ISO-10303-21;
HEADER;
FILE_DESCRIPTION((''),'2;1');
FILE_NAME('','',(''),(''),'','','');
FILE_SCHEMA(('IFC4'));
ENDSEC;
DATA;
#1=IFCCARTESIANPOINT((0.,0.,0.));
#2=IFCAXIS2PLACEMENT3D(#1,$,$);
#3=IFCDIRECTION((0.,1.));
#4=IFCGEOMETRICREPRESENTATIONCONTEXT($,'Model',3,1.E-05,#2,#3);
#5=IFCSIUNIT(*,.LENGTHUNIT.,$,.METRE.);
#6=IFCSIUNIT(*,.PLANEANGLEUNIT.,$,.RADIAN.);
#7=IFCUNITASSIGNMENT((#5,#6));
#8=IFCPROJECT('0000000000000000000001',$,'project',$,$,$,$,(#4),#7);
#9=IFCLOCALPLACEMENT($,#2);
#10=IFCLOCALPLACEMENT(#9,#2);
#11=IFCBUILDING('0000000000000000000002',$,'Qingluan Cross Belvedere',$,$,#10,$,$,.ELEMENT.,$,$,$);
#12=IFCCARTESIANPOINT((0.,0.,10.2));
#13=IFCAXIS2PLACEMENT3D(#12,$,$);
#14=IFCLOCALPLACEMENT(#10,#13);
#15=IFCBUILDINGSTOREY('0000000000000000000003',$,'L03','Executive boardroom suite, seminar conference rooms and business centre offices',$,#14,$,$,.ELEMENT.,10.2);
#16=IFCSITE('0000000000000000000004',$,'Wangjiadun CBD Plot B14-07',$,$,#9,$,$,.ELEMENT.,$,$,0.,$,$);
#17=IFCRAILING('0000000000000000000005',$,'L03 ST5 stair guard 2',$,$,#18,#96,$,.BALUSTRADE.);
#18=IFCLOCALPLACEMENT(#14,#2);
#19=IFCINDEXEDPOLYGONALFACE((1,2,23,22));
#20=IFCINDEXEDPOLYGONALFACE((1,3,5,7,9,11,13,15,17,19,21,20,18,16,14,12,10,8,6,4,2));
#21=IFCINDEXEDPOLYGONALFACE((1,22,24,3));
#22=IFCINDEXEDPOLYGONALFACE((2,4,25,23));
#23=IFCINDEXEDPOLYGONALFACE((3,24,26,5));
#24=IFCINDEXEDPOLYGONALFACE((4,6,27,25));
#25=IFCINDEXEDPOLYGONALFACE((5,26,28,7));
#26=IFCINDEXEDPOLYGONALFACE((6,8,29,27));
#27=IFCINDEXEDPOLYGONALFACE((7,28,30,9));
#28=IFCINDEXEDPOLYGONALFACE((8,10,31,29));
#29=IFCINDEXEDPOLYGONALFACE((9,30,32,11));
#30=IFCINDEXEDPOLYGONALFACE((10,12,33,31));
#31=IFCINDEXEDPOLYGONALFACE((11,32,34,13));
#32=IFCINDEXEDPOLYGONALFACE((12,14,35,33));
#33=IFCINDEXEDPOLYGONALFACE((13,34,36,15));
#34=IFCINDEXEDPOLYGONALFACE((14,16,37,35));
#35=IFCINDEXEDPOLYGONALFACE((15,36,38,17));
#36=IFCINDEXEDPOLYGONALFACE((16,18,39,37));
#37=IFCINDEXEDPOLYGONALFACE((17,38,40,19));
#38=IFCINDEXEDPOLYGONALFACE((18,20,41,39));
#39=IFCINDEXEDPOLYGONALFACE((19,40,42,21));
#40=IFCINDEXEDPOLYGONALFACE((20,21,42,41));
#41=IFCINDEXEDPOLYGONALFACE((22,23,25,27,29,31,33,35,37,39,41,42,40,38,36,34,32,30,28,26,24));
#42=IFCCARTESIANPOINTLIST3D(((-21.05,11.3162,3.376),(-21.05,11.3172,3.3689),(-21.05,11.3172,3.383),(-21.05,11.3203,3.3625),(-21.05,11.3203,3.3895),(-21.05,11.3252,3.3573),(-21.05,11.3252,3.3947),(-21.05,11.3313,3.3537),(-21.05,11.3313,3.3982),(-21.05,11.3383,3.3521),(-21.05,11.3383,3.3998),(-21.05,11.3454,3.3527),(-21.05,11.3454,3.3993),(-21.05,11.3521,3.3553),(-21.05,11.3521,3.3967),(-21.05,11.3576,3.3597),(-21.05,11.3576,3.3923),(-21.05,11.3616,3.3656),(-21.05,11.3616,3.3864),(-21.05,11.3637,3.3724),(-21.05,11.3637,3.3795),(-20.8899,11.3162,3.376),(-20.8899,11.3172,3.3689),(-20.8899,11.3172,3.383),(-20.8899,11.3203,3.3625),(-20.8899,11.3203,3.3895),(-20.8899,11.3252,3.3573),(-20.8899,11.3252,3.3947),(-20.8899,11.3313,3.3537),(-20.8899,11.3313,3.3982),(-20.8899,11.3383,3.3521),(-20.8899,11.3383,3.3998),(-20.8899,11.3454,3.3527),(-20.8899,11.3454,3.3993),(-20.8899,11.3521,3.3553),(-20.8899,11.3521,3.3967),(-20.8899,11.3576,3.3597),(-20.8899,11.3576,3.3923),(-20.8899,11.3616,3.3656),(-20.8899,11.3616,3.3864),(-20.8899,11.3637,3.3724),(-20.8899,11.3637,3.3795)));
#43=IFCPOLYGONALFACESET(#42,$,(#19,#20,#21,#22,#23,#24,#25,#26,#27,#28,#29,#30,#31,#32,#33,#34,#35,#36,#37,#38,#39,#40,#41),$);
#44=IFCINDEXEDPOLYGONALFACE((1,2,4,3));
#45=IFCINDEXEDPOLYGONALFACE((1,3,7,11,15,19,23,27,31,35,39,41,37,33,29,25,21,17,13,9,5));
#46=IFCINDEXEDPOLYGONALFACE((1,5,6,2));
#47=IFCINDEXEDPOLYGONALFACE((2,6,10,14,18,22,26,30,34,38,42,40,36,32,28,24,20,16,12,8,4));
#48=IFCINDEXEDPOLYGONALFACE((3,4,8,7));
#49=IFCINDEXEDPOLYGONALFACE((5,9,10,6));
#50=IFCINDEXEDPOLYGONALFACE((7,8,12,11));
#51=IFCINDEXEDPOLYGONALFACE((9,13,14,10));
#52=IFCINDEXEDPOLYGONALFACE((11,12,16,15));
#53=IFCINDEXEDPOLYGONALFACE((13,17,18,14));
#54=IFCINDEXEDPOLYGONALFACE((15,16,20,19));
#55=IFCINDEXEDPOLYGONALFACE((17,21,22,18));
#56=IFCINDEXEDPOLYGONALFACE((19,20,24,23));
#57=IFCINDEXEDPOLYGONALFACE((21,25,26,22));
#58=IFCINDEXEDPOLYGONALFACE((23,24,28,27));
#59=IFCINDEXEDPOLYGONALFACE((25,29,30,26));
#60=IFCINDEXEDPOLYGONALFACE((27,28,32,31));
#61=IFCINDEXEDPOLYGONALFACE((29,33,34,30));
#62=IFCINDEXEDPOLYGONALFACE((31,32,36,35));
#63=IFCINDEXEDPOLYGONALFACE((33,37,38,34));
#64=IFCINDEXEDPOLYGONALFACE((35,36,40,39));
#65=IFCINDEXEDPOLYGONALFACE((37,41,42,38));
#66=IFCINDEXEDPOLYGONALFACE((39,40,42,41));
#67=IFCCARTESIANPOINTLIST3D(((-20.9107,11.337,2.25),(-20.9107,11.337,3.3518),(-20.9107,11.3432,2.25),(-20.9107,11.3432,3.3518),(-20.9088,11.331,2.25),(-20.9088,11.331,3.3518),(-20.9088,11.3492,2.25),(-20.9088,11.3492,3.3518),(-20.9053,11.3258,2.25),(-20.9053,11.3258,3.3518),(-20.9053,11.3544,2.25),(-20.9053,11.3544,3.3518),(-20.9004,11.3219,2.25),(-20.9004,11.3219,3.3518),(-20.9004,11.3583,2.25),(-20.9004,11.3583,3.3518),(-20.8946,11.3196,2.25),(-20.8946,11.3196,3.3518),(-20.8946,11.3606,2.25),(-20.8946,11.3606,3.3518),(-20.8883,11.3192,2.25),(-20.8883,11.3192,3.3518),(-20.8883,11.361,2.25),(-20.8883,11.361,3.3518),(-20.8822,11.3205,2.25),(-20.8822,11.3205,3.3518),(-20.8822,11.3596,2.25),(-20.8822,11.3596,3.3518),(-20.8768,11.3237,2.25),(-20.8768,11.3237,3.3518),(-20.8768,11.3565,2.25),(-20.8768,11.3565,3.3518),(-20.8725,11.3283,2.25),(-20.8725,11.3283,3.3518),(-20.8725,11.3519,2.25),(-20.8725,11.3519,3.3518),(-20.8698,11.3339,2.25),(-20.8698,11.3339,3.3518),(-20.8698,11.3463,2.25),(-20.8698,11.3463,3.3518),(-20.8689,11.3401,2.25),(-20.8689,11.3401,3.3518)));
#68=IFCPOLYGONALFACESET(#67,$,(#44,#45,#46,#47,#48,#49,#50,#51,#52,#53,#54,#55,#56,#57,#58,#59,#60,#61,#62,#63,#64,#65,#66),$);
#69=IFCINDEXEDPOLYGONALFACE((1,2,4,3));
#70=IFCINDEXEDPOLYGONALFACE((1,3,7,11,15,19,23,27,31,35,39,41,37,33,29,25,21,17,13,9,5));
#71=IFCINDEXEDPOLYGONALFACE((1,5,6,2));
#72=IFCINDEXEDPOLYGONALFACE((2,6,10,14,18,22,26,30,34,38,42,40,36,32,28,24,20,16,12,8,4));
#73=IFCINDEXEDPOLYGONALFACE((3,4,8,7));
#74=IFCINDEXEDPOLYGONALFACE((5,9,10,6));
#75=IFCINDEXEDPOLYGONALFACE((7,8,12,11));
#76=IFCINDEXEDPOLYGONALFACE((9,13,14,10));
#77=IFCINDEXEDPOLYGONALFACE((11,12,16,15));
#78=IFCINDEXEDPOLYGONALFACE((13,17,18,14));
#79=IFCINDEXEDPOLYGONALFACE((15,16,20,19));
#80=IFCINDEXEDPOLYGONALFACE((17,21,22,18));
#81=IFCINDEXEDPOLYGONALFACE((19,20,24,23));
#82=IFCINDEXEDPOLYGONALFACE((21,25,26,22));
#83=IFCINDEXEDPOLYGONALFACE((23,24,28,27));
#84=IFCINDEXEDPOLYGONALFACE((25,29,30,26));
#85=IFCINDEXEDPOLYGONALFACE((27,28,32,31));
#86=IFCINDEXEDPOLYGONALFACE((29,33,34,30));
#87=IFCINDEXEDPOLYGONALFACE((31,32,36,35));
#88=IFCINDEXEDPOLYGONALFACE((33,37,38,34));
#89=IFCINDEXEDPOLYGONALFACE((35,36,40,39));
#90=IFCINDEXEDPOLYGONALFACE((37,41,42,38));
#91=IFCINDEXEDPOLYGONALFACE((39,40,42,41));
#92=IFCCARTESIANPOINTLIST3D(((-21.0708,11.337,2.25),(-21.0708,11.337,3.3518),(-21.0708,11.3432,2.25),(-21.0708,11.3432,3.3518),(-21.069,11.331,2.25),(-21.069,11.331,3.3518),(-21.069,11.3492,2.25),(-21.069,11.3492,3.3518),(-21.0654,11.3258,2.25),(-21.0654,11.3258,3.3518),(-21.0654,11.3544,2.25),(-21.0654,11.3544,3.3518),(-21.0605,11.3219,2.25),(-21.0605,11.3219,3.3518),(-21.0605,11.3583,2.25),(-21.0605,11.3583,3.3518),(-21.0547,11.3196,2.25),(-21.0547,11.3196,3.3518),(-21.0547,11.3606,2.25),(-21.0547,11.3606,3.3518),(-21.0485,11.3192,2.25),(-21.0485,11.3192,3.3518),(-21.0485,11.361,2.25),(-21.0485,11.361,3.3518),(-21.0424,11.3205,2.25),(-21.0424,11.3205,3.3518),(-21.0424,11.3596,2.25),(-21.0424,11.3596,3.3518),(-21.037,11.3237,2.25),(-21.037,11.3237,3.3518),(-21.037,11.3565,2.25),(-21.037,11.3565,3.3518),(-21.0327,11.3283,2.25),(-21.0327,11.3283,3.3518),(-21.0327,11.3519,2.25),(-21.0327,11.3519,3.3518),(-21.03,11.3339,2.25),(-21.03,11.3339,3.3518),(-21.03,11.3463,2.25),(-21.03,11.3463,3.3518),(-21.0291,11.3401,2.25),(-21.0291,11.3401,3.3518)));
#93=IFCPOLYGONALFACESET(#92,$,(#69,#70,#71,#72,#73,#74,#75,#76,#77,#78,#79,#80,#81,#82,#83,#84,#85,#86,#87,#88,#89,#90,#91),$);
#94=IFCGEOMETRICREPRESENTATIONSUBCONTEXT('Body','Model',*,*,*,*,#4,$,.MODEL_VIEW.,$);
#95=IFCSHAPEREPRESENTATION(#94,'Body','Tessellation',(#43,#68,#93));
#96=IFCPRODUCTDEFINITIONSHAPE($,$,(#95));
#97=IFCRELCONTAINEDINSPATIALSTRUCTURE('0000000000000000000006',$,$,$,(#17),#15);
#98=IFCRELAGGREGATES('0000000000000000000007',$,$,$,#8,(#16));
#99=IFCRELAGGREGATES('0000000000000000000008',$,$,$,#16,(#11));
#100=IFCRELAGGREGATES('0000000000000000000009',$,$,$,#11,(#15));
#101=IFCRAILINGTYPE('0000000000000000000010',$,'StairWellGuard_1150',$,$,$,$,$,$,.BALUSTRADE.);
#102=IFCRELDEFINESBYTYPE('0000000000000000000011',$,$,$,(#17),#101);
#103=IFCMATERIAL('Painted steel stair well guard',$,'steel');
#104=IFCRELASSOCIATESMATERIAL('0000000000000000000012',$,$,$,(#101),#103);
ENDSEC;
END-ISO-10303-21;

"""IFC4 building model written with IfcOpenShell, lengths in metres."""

from ifc_helpers import new_model, si_unit, direction, frame, origin, origin_2d, place, context, subcontext, project, spatial, circle, extrude, material, type_object, element, save


model = new_model("IFC4")

# Units and contexts
model_context = context("Model", 3, precision=1e-05, world=origin(), true_north=direction((0.0, 1.0)))
body_context = subcontext(model_context, "Body", "Model", "MODEL_VIEW")
ifc_project = project(units=[si_unit("LENGTHUNIT", "METRE"), si_unit("PLANEANGLEUNIT", "RADIAN")], contexts=[model_context])

# Site, building, storey
site_placement = place(None, origin())
site = spatial("IfcSite", under=ifc_project, at=site_placement, Name="Wangjiadun CBD Plot B14-07", CompositionType="ELEMENT", RefElevation=0.0)
building_placement = place(site_placement, origin())
building = spatial("IfcBuilding", under=site, at=building_placement, Name="Qingluan Cross Belvedere", CompositionType="ELEMENT")
storey_placement = place(building_placement, frame((0.0, 0.0, 10.2)))
storey = spatial("IfcBuildingStorey", under=building, at=storey_placement, Name="L03", Description="Executive boardroom suite, seminar conference rooms and business centre offices", CompositionType="ELEMENT", Elevation=10.2)

# Railing
ifc_material_1 = material(Name="Painted steel stair well guard", Category="steel")
railing_type_1 = type_object("IfcRailingType", Name="StairWellGuard_1150", PredefinedType="BALUSTRADE", material=ifc_material_1)
railing_1_placement = place(storey_placement, frame((-20.8899, 11.3401, 2.25)))
element("IfcRailing", 1, at=railing_1_placement, inside=storey, type_object=railing_type_1, Name="L03 ST5 stair guard 2", PredefinedType="BALUSTRADE", context=body_context, shape_type="SweptSolid", body=[
    extrude(circle(Radius=0.0239, at=origin_2d()), frame((0.0, 0.0, 1.126), z_axis=(-1.0, 0.0, 0.0), x_axis=(0.0, -1.0, 0.0)), (0.0, 0.0, 1.0), 0.1602),
    extrude(circle(Radius=0.021, at=origin_2d()), origin(), (0.0, 0.0, 1.0), 1.1018),
    extrude(circle(Radius=0.021, at=origin_2d()), frame((-0.1602, 0.0, 0.0)), (0.0, 0.0, 1.0), 1.1018),
])

save(model, "model.ifc")
